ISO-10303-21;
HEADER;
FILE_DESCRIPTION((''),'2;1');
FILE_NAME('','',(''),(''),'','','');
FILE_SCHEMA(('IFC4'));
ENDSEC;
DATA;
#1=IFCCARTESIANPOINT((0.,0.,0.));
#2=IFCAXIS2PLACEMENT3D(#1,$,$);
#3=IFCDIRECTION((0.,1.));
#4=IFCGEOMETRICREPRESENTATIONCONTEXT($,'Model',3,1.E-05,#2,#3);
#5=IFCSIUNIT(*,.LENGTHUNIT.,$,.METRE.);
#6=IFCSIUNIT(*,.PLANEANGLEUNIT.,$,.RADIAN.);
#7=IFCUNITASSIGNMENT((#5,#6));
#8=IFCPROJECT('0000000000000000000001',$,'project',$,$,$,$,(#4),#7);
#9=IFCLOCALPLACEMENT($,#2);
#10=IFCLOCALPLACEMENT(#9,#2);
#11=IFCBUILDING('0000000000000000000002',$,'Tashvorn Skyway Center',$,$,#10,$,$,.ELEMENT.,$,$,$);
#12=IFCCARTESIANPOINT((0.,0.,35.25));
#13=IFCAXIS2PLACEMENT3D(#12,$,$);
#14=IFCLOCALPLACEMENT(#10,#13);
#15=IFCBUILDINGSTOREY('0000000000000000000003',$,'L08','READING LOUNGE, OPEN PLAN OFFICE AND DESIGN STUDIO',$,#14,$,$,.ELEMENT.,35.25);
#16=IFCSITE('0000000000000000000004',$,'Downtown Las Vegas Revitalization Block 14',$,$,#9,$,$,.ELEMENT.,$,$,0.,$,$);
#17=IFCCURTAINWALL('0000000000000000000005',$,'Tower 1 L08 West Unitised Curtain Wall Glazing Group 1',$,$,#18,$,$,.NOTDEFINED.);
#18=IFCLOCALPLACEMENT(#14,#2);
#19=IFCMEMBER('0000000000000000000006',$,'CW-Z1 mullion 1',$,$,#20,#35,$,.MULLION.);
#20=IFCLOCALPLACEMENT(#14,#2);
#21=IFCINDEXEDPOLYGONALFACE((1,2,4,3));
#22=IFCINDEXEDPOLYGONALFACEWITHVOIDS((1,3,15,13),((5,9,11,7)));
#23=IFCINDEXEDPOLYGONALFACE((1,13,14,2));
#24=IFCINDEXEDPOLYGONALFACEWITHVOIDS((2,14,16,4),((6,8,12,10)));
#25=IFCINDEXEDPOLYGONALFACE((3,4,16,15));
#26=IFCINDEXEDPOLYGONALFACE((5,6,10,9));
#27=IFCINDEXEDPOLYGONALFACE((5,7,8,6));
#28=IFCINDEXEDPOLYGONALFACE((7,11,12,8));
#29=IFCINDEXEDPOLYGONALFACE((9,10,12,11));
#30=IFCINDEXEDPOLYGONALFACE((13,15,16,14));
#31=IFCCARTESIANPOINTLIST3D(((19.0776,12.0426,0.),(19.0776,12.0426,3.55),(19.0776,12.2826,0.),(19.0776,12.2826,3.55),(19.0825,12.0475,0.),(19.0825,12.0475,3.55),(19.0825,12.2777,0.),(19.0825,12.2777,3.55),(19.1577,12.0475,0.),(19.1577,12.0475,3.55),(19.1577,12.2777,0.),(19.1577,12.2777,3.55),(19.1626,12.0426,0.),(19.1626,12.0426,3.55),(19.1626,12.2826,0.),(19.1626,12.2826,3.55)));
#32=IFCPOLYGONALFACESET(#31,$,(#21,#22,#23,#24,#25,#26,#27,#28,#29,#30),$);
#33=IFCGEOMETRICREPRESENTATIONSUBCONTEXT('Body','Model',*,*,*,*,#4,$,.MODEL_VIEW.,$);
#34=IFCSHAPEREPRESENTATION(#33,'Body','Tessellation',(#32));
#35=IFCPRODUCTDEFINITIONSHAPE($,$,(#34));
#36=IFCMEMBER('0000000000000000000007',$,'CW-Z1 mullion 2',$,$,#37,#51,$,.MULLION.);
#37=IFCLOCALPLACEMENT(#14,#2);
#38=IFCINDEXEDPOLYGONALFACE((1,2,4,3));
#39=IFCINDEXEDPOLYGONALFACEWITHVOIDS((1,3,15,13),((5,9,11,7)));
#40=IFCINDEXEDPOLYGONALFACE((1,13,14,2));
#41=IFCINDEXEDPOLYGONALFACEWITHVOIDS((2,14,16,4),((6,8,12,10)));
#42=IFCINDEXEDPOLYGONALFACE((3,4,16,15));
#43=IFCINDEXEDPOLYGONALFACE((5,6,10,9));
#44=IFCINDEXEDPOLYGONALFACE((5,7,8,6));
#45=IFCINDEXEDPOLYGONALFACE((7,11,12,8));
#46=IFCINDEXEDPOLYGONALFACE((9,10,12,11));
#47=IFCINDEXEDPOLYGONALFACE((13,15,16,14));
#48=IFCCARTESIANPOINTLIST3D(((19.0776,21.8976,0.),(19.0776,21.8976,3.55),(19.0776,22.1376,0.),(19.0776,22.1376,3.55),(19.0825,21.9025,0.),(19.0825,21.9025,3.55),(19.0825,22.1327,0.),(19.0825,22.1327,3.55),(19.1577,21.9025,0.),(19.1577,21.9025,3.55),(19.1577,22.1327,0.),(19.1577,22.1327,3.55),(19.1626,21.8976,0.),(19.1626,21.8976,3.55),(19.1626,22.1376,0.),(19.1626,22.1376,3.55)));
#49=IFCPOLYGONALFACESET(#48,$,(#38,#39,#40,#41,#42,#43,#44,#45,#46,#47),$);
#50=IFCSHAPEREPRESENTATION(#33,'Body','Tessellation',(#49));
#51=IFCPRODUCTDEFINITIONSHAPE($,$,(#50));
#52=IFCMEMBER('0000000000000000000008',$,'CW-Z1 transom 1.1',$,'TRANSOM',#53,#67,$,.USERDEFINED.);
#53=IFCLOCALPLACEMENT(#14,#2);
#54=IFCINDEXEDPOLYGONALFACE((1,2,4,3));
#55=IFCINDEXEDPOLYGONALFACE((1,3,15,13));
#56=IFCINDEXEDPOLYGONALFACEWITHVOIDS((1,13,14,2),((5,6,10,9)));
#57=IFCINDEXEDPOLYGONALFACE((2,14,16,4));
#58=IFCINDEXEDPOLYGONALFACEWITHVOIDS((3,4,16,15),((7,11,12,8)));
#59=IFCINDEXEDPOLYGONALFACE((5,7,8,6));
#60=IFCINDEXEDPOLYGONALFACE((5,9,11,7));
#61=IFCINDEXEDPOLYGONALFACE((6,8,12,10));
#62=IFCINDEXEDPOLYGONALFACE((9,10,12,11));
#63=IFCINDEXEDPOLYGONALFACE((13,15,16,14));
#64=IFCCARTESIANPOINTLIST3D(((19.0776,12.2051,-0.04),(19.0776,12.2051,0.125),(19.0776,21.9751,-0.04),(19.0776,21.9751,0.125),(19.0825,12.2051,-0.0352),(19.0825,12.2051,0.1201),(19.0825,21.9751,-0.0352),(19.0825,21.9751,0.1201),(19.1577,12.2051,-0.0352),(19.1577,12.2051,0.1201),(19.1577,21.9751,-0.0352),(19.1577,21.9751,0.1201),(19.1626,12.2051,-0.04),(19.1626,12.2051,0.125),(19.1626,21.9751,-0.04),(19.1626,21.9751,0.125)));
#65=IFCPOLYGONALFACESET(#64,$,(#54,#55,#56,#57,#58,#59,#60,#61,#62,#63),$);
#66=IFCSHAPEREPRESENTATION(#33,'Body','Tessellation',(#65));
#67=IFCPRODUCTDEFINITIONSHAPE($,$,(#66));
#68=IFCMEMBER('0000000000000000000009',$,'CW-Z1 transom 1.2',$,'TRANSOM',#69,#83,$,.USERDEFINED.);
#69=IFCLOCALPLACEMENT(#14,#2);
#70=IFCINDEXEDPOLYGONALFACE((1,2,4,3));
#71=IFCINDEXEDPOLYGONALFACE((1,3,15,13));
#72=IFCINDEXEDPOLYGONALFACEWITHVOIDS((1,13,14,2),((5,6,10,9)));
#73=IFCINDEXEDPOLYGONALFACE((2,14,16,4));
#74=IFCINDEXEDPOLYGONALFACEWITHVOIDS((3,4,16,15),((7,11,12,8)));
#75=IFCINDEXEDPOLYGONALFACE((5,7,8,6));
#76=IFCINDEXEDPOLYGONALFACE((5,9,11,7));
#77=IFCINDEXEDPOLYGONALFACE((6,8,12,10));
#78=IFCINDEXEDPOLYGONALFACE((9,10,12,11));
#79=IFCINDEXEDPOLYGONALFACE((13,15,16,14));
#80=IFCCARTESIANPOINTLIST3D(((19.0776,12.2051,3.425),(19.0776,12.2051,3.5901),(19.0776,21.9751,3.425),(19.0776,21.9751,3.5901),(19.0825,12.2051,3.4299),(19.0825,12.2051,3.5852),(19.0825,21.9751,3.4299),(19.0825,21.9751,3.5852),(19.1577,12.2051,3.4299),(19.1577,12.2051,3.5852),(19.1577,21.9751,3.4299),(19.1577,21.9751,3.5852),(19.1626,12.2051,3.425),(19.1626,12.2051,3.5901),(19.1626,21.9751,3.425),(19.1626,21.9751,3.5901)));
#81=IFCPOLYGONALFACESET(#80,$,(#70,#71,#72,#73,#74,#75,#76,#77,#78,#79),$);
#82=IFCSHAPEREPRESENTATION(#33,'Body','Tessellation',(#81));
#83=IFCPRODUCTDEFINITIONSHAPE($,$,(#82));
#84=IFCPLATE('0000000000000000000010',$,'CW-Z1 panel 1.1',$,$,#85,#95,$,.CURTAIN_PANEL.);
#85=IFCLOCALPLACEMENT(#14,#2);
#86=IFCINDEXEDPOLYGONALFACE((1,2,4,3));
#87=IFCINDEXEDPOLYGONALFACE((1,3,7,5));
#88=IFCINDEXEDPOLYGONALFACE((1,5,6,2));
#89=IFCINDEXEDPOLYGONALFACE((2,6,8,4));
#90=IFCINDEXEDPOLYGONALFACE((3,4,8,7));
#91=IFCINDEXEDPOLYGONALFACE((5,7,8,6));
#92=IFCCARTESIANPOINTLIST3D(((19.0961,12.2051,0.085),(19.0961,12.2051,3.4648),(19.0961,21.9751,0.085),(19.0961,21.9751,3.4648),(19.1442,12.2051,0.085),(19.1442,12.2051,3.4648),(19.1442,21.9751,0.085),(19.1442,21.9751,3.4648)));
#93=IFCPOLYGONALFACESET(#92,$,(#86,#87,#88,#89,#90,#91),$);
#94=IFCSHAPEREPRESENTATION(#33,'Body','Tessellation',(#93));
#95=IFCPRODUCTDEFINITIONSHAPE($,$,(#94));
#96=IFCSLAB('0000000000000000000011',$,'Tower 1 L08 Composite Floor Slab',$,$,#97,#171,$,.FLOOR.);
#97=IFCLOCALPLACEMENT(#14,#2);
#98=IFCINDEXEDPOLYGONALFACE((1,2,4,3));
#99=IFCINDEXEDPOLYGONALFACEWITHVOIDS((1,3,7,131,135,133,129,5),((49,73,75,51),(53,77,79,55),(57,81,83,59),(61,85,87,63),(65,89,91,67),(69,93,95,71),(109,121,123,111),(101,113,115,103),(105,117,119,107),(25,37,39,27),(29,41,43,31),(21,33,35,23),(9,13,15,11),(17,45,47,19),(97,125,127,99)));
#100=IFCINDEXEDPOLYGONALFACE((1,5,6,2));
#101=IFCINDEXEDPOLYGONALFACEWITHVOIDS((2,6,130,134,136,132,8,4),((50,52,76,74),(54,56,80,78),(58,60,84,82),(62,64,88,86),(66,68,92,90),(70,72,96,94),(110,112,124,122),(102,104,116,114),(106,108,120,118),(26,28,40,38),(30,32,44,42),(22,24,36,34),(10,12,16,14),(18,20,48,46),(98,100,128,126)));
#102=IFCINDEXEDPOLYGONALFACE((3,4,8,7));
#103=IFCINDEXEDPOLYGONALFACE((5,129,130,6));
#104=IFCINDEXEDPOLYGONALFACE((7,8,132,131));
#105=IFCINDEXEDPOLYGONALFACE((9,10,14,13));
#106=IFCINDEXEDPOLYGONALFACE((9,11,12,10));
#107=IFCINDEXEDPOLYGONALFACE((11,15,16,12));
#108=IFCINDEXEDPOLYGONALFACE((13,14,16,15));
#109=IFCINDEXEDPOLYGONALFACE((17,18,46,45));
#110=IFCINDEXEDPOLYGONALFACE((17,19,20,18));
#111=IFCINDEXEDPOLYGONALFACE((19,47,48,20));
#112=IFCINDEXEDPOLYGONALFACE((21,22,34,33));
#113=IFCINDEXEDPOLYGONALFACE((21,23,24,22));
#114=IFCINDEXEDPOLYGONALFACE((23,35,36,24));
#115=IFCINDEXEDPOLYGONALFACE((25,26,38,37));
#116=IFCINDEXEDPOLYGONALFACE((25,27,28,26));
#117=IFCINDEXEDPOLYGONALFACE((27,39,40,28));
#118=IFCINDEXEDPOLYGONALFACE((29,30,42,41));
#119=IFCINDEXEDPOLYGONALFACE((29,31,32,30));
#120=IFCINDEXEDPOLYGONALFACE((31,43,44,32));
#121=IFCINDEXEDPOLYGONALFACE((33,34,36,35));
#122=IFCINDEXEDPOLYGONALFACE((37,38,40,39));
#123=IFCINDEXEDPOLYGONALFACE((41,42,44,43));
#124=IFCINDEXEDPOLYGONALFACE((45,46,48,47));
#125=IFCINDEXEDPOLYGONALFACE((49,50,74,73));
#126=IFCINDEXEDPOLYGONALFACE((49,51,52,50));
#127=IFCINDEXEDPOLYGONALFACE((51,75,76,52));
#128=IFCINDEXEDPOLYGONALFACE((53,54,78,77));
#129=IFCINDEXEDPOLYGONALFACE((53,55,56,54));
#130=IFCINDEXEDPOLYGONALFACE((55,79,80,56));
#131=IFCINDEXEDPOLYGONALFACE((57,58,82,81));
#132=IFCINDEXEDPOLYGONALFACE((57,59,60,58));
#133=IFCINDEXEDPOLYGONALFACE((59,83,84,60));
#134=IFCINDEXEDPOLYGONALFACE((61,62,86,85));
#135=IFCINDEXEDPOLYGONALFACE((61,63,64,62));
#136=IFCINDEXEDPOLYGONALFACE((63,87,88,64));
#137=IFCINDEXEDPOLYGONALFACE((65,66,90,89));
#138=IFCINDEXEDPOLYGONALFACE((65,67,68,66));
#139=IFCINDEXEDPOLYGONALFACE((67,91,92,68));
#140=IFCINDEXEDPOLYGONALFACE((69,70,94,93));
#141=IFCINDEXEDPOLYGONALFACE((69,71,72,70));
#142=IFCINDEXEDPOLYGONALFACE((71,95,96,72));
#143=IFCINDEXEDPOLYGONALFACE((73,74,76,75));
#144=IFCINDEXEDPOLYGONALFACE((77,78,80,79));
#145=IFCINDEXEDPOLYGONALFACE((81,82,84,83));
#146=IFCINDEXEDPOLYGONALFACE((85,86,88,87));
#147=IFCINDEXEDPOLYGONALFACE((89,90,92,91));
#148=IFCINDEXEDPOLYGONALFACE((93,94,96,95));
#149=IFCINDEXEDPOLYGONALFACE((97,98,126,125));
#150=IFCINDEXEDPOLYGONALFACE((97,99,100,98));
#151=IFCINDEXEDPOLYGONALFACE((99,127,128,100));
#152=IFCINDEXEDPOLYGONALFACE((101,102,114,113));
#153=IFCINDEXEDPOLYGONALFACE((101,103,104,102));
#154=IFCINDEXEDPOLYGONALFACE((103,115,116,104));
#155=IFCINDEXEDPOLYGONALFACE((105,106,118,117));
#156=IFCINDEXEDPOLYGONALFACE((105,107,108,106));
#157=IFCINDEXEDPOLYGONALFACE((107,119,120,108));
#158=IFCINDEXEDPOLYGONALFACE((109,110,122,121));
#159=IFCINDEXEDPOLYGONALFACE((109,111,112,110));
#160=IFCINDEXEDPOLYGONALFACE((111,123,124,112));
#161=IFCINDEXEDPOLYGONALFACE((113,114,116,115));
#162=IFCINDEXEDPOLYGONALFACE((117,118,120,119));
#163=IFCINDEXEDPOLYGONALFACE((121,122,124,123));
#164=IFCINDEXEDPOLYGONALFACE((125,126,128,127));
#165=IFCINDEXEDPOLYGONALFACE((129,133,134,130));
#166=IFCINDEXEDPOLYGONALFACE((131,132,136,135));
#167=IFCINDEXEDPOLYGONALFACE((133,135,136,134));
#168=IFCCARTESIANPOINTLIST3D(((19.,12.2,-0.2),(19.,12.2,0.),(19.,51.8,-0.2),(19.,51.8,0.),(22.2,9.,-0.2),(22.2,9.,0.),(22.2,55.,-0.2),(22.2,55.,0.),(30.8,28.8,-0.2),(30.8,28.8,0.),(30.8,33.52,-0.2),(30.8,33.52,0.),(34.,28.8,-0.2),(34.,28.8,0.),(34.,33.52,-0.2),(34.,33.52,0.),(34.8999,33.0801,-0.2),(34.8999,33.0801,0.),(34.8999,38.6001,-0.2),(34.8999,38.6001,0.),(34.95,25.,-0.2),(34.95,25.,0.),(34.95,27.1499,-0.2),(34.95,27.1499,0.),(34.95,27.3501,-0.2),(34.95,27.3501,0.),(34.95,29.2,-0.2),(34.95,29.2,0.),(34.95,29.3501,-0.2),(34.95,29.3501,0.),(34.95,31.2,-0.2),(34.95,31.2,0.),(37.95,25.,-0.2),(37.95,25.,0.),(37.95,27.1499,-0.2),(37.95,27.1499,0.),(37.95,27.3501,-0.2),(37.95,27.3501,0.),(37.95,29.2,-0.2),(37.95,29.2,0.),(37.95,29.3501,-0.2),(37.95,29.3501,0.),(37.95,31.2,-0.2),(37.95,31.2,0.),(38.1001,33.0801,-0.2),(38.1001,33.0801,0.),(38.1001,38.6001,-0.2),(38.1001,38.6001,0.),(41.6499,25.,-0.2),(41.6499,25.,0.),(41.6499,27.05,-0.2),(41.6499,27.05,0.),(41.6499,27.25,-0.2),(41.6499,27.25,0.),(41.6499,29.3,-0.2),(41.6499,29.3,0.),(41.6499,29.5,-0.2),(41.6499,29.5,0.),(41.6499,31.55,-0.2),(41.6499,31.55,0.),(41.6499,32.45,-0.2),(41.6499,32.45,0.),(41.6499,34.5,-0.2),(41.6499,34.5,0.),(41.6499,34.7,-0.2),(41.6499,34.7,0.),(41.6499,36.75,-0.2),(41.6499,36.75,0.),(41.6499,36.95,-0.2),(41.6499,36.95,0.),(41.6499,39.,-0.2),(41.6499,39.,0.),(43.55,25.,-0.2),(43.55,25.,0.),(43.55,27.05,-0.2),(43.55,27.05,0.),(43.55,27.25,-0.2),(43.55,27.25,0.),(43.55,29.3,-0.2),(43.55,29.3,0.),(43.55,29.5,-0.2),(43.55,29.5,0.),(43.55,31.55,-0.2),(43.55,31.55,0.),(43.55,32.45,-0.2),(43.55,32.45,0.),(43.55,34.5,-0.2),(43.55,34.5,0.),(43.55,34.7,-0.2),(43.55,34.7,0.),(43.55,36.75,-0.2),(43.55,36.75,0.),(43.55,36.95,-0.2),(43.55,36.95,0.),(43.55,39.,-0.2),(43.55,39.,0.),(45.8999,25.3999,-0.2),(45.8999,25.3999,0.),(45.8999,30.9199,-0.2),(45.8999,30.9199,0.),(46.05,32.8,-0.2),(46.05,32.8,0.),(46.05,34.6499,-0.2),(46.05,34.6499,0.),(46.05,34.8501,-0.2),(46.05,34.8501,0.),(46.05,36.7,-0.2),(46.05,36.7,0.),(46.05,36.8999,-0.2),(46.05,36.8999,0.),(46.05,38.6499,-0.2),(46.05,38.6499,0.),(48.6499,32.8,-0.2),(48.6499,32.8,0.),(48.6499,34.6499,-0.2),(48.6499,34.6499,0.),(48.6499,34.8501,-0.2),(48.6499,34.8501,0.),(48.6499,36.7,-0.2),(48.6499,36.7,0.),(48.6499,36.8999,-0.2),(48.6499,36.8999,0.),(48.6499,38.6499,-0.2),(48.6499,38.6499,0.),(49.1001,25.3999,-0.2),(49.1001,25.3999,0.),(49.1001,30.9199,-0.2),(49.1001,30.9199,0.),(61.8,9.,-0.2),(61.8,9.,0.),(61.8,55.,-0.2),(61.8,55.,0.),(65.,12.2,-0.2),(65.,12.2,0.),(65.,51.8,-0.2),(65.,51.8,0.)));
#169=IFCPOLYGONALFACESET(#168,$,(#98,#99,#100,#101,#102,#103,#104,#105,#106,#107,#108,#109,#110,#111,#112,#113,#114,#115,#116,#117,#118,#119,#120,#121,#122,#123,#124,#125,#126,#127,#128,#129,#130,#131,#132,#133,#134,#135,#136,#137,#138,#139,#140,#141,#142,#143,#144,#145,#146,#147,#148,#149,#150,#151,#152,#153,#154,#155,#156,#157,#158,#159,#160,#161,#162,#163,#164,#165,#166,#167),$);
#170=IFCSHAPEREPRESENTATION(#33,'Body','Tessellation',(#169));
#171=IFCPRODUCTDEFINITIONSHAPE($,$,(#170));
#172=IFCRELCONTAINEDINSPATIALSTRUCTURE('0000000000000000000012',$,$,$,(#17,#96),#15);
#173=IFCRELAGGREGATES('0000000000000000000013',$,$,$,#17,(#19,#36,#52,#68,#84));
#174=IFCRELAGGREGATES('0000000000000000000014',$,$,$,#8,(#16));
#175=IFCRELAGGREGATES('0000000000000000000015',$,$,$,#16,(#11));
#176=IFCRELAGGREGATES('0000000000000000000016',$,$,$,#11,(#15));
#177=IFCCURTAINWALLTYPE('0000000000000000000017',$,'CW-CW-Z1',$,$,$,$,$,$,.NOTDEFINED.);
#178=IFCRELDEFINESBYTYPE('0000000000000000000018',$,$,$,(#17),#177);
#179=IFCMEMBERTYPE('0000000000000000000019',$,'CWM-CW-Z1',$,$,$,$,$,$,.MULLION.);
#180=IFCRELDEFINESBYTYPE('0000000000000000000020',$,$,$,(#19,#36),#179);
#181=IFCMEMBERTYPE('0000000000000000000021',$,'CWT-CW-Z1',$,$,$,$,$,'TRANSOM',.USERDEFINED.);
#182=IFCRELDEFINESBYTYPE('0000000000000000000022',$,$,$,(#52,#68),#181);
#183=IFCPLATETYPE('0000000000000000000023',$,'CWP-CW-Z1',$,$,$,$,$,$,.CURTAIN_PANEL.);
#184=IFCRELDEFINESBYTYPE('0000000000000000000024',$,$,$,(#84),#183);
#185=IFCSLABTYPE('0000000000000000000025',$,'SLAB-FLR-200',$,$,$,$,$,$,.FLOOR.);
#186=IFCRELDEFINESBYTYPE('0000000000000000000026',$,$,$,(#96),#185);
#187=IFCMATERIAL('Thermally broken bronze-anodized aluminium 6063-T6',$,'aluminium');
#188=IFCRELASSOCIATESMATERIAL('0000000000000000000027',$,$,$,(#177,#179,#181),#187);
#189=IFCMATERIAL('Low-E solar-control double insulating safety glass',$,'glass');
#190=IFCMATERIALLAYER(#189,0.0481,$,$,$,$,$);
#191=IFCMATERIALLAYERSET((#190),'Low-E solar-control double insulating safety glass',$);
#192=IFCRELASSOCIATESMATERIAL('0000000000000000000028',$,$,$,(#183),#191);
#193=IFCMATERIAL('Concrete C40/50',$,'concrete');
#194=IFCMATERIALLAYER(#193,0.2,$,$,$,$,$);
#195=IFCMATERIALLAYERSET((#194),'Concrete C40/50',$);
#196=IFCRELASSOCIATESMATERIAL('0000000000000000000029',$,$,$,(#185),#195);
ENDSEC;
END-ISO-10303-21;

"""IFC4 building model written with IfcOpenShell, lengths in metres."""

from ifc_helpers import new_model, si_unit, direction, frame, origin, origin_2d, place, context, subcontext, project, spatial, polyline, rectangle, hollow_rectangle, outline, extrude, material, layer, layer_set, material_profile, profile_set, type_object, element, aggregate, save


model = new_model("IFC4")

# Units and contexts
model_context = context("Model", 3, precision=1e-05, world=origin(), true_north=direction((0.0, 1.0)))
body_context = subcontext(model_context, "Body", "Model", "MODEL_VIEW")
ifc_project = project(units=[si_unit("LENGTHUNIT", "METRE"), si_unit("PLANEANGLEUNIT", "RADIAN")], contexts=[model_context])

# Site, building, storey
site_placement = place(None, origin())
site = spatial("IfcSite", under=ifc_project, at=site_placement, Name="Downtown Las Vegas Revitalization Block 14", CompositionType="ELEMENT", RefElevation=0.0)
building_placement = place(site_placement, origin())
building = spatial("IfcBuilding", under=site, at=building_placement, Name="Tashvorn Skyway Center", CompositionType="ELEMENT")
storey_placement = place(building_placement, frame((0.0, 0.0, 35.25)))
storey = spatial("IfcBuildingStorey", under=building, at=storey_placement, Name="L08", Description="READING LOUNGE, OPEN PLAN OFFICE AND DESIGN STUDIO", CompositionType="ELEMENT", Elevation=35.25)

# Curtain wall, members, plate
ifc_material_1 = material(Name="Thermally broken bronze-anodized aluminium 6063-T6", Category="aluminium")
curtain_wall_type = type_object("IfcCurtainWallType", Name="CW-CW-Z1", PredefinedType="NOTDEFINED", material=ifc_material_1)
curtain_wall_placement = place(storey_placement, origin())
curtain_wall = element("IfcCurtainWall", 1, at=curtain_wall_placement, inside=storey, type_object=curtain_wall_type, Name="Tower 1 L08 West Unitised Curtain Wall Glazing Group 1", PredefinedType="NOTDEFINED")
ifc_material_profile_1 = material_profile(ifc_material_1, hollow_rectangle(XDim=0.085, YDim=0.24, WallThickness=0.0049, at=origin_2d()), Name="ALU-MULL-85x240")
ifc_profile_set_1 = profile_set([ifc_material_profile_1], Name="Thermally broken bronze-anodized aluminium 6063-T6")
member_type_1 = type_object("IfcMemberType", Name="CWM-CW-Z1", PredefinedType="MULLION", material=ifc_profile_set_1)
member_1_placement = place(storey_placement, frame((19.1201, 12.1626, 0.0), z_axis=(0.0, 0.0, 1.0), x_axis=(-1.0, 0.0, 0.0)))
member_1 = element("IfcMember", 2, at=member_1_placement, type_object=member_type_1, Name="CW-Z1 mullion 1", PredefinedType="MULLION", context=body_context, shape_type="SweptSolid", body=[
    extrude(hollow_rectangle(XDim=0.085, YDim=0.24, WallThickness=0.0049, at=origin_2d()), origin(), (0.0, 0.0, 1.0), 3.55),
])
member_2_placement = place(storey_placement, frame((19.1201, 22.0176, 0.0), z_axis=(0.0, 0.0, 1.0), x_axis=(-1.0, 0.0, 0.0)))
member_2 = element("IfcMember", 3, at=member_2_placement, type_object=member_type_1, Name="CW-Z1 mullion 2", PredefinedType="MULLION", context=body_context, shape_type="SweptSolid", body=[
    extrude(hollow_rectangle(XDim=0.085, YDim=0.24, WallThickness=0.0049, at=origin_2d()), origin(), (0.0, 0.0, 1.0), 3.55),
])
ifc_material_profile_2 = material_profile(ifc_material_1, hollow_rectangle(XDim=0.085, YDim=0.165, WallThickness=0.0049, at=origin_2d()), Name="ALU-TRAN-85x165")
ifc_profile_set_2 = profile_set([ifc_material_profile_2], Name="Thermally broken bronze-anodized aluminium 6063-T6")
member_type_2 = type_object("IfcMemberType", Name="CWT-CW-Z1", ElementType="TRANSOM", PredefinedType="USERDEFINED", material=ifc_profile_set_2)
member_3_placement = place(storey_placement, frame((19.1201, 12.2051, 0.0425), z_axis=(0.0, 1.0, 0.0), x_axis=(-1.0, 0.0, 0.0)))
member_3 = element("IfcMember", 4, at=member_3_placement, type_object=member_type_2, Name="CW-Z1 transom 1.1", ObjectType="TRANSOM", PredefinedType="USERDEFINED", context=body_context, shape_type="SweptSolid", body=[
    extrude(hollow_rectangle(XDim=0.085, YDim=0.165, WallThickness=0.0049, at=origin_2d()), origin(), (0.0, 0.0, 1.0), 9.77),
])
member_4_placement = place(storey_placement, frame((19.1201, 12.2051, 3.5076), z_axis=(0.0, 1.0, 0.0), x_axis=(-1.0, 0.0, 0.0)))
member_4 = element("IfcMember", 5, at=member_4_placement, type_object=member_type_2, Name="CW-Z1 transom 1.2", ObjectType="TRANSOM", PredefinedType="USERDEFINED", context=body_context, shape_type="SweptSolid", body=[
    extrude(hollow_rectangle(XDim=0.085, YDim=0.165, WallThickness=0.0049, at=origin_2d()), origin(), (0.0, 0.0, 1.0), 9.77),
])
ifc_material_2 = material(Name="Low-E solar-control double insulating safety glass", Category="glass")
ifc_layer_1 = layer(ifc_material_2, 0.0481)
ifc_layer_set_1 = layer_set([ifc_layer_1], Name="Low-E solar-control double insulating safety glass")
plate_type = type_object("IfcPlateType", Name="CWP-CW-Z1", PredefinedType="CURTAIN_PANEL", material=ifc_layer_set_1)
plate_placement = place(storey_placement, frame((19.1201, 17.0901, 0.085), z_axis=(0.0, 0.0, 1.0), x_axis=(0.0, 1.0, 0.0)))
plate = element("IfcPlate", 6, at=plate_placement, type_object=plate_type, Name="CW-Z1 panel 1.1", PredefinedType="CURTAIN_PANEL", context=body_context, shape_type="SweptSolid", body=[
    extrude(rectangle(XDim=9.77, YDim=0.0481, at=origin_2d()), origin(), (0.0, 0.0, 1.0), 3.3799),
])
aggregate(curtain_wall, [member_1, member_2, member_3, member_4, plate])

# Slab
ifc_material_3 = material(Name="Concrete C40/50", Category="concrete")
ifc_layer_2 = layer(ifc_material_3, 0.2)
ifc_layer_set_2 = layer_set([ifc_layer_2], Name="Concrete C40/50")
slab_type_1 = type_object("IfcSlabType", Name="SLAB-FLR-200", PredefinedType="FLOOR", material=ifc_layer_set_2)
slab_1_placement = place(storey_placement, frame((0.0, 0.0, -0.2)))
element("IfcSlab", 7, at=slab_1_placement, inside=storey, type_object=slab_type_1, Name="Tower 1 L08 Composite Floor Slab", PredefinedType="FLOOR", context=body_context, shape_type="SweptSolid", body=[
    extrude(outline(polyline([(22.2, 9.0), (61.8, 9.0), (65.0, 12.2), (65.0, 51.8), (61.8, 55.0), (22.2, 55.0), (19.0, 51.8), (19.0, 12.2), (22.2, 9.0)]), holes=[polyline([(38.1001, 33.0801), (38.1001, 38.6001), (34.8999, 38.6001), (34.8999, 33.0801), (38.1001, 33.0801)]), polyline([(45.8999, 30.9199), (45.8999, 25.3999), (49.1001, 25.3999), (49.1001, 30.9199), (45.8999, 30.9199)]), polyline([(30.8, 33.52), (30.8, 28.8), (34.0, 28.8), (34.0, 33.52), (30.8, 33.52)]), polyline([(34.95, 29.3501), (37.95, 29.3501), (37.95, 31.2), (34.95, 31.2), (34.95, 29.3501)]), polyline([(34.95, 27.3501), (37.95, 27.3501), (37.95, 29.2), (34.95, 29.2), (34.95, 27.3501)]), polyline([(34.95, 25.0), (37.95, 25.0), (37.95, 27.1499), (34.95, 27.1499), (34.95, 25.0)]), polyline([(41.6499, 25.0), (43.55, 25.0), (43.55, 27.05), (41.6499, 27.05), (41.6499, 25.0)]), polyline([(41.6499, 27.25), (43.55, 27.25), (43.55, 29.3), (41.6499, 29.3), (41.6499, 27.25)]), polyline([(41.6499, 29.5), (43.55, 29.5), (43.55, 31.55), (41.6499, 31.55), (41.6499, 29.5)]), polyline([(41.6499, 32.45), (43.55, 32.45), (43.55, 34.5), (41.6499, 34.5), (41.6499, 32.45)]), polyline([(41.6499, 34.7), (43.55, 34.7), (43.55, 36.75), (41.6499, 36.75), (41.6499, 34.7)]), polyline([(41.6499, 36.95), (43.55, 36.95), (43.55, 39.0), (41.6499, 39.0), (41.6499, 36.95)]), polyline([(46.05, 32.8), (48.6499, 32.8), (48.6499, 34.6499), (46.05, 34.6499), (46.05, 32.8)]), polyline([(46.05, 34.8501), (48.6499, 34.8501), (48.6499, 36.7), (46.05, 36.7), (46.05, 34.8501)]), polyline([(46.05, 36.8999), (48.6499, 36.8999), (48.6499, 38.6499), (46.05, 38.6499), (46.05, 36.8999)])]), origin(), (0.0, 0.0, 1.0), 0.2),
])

save(model, "model.ifc")
